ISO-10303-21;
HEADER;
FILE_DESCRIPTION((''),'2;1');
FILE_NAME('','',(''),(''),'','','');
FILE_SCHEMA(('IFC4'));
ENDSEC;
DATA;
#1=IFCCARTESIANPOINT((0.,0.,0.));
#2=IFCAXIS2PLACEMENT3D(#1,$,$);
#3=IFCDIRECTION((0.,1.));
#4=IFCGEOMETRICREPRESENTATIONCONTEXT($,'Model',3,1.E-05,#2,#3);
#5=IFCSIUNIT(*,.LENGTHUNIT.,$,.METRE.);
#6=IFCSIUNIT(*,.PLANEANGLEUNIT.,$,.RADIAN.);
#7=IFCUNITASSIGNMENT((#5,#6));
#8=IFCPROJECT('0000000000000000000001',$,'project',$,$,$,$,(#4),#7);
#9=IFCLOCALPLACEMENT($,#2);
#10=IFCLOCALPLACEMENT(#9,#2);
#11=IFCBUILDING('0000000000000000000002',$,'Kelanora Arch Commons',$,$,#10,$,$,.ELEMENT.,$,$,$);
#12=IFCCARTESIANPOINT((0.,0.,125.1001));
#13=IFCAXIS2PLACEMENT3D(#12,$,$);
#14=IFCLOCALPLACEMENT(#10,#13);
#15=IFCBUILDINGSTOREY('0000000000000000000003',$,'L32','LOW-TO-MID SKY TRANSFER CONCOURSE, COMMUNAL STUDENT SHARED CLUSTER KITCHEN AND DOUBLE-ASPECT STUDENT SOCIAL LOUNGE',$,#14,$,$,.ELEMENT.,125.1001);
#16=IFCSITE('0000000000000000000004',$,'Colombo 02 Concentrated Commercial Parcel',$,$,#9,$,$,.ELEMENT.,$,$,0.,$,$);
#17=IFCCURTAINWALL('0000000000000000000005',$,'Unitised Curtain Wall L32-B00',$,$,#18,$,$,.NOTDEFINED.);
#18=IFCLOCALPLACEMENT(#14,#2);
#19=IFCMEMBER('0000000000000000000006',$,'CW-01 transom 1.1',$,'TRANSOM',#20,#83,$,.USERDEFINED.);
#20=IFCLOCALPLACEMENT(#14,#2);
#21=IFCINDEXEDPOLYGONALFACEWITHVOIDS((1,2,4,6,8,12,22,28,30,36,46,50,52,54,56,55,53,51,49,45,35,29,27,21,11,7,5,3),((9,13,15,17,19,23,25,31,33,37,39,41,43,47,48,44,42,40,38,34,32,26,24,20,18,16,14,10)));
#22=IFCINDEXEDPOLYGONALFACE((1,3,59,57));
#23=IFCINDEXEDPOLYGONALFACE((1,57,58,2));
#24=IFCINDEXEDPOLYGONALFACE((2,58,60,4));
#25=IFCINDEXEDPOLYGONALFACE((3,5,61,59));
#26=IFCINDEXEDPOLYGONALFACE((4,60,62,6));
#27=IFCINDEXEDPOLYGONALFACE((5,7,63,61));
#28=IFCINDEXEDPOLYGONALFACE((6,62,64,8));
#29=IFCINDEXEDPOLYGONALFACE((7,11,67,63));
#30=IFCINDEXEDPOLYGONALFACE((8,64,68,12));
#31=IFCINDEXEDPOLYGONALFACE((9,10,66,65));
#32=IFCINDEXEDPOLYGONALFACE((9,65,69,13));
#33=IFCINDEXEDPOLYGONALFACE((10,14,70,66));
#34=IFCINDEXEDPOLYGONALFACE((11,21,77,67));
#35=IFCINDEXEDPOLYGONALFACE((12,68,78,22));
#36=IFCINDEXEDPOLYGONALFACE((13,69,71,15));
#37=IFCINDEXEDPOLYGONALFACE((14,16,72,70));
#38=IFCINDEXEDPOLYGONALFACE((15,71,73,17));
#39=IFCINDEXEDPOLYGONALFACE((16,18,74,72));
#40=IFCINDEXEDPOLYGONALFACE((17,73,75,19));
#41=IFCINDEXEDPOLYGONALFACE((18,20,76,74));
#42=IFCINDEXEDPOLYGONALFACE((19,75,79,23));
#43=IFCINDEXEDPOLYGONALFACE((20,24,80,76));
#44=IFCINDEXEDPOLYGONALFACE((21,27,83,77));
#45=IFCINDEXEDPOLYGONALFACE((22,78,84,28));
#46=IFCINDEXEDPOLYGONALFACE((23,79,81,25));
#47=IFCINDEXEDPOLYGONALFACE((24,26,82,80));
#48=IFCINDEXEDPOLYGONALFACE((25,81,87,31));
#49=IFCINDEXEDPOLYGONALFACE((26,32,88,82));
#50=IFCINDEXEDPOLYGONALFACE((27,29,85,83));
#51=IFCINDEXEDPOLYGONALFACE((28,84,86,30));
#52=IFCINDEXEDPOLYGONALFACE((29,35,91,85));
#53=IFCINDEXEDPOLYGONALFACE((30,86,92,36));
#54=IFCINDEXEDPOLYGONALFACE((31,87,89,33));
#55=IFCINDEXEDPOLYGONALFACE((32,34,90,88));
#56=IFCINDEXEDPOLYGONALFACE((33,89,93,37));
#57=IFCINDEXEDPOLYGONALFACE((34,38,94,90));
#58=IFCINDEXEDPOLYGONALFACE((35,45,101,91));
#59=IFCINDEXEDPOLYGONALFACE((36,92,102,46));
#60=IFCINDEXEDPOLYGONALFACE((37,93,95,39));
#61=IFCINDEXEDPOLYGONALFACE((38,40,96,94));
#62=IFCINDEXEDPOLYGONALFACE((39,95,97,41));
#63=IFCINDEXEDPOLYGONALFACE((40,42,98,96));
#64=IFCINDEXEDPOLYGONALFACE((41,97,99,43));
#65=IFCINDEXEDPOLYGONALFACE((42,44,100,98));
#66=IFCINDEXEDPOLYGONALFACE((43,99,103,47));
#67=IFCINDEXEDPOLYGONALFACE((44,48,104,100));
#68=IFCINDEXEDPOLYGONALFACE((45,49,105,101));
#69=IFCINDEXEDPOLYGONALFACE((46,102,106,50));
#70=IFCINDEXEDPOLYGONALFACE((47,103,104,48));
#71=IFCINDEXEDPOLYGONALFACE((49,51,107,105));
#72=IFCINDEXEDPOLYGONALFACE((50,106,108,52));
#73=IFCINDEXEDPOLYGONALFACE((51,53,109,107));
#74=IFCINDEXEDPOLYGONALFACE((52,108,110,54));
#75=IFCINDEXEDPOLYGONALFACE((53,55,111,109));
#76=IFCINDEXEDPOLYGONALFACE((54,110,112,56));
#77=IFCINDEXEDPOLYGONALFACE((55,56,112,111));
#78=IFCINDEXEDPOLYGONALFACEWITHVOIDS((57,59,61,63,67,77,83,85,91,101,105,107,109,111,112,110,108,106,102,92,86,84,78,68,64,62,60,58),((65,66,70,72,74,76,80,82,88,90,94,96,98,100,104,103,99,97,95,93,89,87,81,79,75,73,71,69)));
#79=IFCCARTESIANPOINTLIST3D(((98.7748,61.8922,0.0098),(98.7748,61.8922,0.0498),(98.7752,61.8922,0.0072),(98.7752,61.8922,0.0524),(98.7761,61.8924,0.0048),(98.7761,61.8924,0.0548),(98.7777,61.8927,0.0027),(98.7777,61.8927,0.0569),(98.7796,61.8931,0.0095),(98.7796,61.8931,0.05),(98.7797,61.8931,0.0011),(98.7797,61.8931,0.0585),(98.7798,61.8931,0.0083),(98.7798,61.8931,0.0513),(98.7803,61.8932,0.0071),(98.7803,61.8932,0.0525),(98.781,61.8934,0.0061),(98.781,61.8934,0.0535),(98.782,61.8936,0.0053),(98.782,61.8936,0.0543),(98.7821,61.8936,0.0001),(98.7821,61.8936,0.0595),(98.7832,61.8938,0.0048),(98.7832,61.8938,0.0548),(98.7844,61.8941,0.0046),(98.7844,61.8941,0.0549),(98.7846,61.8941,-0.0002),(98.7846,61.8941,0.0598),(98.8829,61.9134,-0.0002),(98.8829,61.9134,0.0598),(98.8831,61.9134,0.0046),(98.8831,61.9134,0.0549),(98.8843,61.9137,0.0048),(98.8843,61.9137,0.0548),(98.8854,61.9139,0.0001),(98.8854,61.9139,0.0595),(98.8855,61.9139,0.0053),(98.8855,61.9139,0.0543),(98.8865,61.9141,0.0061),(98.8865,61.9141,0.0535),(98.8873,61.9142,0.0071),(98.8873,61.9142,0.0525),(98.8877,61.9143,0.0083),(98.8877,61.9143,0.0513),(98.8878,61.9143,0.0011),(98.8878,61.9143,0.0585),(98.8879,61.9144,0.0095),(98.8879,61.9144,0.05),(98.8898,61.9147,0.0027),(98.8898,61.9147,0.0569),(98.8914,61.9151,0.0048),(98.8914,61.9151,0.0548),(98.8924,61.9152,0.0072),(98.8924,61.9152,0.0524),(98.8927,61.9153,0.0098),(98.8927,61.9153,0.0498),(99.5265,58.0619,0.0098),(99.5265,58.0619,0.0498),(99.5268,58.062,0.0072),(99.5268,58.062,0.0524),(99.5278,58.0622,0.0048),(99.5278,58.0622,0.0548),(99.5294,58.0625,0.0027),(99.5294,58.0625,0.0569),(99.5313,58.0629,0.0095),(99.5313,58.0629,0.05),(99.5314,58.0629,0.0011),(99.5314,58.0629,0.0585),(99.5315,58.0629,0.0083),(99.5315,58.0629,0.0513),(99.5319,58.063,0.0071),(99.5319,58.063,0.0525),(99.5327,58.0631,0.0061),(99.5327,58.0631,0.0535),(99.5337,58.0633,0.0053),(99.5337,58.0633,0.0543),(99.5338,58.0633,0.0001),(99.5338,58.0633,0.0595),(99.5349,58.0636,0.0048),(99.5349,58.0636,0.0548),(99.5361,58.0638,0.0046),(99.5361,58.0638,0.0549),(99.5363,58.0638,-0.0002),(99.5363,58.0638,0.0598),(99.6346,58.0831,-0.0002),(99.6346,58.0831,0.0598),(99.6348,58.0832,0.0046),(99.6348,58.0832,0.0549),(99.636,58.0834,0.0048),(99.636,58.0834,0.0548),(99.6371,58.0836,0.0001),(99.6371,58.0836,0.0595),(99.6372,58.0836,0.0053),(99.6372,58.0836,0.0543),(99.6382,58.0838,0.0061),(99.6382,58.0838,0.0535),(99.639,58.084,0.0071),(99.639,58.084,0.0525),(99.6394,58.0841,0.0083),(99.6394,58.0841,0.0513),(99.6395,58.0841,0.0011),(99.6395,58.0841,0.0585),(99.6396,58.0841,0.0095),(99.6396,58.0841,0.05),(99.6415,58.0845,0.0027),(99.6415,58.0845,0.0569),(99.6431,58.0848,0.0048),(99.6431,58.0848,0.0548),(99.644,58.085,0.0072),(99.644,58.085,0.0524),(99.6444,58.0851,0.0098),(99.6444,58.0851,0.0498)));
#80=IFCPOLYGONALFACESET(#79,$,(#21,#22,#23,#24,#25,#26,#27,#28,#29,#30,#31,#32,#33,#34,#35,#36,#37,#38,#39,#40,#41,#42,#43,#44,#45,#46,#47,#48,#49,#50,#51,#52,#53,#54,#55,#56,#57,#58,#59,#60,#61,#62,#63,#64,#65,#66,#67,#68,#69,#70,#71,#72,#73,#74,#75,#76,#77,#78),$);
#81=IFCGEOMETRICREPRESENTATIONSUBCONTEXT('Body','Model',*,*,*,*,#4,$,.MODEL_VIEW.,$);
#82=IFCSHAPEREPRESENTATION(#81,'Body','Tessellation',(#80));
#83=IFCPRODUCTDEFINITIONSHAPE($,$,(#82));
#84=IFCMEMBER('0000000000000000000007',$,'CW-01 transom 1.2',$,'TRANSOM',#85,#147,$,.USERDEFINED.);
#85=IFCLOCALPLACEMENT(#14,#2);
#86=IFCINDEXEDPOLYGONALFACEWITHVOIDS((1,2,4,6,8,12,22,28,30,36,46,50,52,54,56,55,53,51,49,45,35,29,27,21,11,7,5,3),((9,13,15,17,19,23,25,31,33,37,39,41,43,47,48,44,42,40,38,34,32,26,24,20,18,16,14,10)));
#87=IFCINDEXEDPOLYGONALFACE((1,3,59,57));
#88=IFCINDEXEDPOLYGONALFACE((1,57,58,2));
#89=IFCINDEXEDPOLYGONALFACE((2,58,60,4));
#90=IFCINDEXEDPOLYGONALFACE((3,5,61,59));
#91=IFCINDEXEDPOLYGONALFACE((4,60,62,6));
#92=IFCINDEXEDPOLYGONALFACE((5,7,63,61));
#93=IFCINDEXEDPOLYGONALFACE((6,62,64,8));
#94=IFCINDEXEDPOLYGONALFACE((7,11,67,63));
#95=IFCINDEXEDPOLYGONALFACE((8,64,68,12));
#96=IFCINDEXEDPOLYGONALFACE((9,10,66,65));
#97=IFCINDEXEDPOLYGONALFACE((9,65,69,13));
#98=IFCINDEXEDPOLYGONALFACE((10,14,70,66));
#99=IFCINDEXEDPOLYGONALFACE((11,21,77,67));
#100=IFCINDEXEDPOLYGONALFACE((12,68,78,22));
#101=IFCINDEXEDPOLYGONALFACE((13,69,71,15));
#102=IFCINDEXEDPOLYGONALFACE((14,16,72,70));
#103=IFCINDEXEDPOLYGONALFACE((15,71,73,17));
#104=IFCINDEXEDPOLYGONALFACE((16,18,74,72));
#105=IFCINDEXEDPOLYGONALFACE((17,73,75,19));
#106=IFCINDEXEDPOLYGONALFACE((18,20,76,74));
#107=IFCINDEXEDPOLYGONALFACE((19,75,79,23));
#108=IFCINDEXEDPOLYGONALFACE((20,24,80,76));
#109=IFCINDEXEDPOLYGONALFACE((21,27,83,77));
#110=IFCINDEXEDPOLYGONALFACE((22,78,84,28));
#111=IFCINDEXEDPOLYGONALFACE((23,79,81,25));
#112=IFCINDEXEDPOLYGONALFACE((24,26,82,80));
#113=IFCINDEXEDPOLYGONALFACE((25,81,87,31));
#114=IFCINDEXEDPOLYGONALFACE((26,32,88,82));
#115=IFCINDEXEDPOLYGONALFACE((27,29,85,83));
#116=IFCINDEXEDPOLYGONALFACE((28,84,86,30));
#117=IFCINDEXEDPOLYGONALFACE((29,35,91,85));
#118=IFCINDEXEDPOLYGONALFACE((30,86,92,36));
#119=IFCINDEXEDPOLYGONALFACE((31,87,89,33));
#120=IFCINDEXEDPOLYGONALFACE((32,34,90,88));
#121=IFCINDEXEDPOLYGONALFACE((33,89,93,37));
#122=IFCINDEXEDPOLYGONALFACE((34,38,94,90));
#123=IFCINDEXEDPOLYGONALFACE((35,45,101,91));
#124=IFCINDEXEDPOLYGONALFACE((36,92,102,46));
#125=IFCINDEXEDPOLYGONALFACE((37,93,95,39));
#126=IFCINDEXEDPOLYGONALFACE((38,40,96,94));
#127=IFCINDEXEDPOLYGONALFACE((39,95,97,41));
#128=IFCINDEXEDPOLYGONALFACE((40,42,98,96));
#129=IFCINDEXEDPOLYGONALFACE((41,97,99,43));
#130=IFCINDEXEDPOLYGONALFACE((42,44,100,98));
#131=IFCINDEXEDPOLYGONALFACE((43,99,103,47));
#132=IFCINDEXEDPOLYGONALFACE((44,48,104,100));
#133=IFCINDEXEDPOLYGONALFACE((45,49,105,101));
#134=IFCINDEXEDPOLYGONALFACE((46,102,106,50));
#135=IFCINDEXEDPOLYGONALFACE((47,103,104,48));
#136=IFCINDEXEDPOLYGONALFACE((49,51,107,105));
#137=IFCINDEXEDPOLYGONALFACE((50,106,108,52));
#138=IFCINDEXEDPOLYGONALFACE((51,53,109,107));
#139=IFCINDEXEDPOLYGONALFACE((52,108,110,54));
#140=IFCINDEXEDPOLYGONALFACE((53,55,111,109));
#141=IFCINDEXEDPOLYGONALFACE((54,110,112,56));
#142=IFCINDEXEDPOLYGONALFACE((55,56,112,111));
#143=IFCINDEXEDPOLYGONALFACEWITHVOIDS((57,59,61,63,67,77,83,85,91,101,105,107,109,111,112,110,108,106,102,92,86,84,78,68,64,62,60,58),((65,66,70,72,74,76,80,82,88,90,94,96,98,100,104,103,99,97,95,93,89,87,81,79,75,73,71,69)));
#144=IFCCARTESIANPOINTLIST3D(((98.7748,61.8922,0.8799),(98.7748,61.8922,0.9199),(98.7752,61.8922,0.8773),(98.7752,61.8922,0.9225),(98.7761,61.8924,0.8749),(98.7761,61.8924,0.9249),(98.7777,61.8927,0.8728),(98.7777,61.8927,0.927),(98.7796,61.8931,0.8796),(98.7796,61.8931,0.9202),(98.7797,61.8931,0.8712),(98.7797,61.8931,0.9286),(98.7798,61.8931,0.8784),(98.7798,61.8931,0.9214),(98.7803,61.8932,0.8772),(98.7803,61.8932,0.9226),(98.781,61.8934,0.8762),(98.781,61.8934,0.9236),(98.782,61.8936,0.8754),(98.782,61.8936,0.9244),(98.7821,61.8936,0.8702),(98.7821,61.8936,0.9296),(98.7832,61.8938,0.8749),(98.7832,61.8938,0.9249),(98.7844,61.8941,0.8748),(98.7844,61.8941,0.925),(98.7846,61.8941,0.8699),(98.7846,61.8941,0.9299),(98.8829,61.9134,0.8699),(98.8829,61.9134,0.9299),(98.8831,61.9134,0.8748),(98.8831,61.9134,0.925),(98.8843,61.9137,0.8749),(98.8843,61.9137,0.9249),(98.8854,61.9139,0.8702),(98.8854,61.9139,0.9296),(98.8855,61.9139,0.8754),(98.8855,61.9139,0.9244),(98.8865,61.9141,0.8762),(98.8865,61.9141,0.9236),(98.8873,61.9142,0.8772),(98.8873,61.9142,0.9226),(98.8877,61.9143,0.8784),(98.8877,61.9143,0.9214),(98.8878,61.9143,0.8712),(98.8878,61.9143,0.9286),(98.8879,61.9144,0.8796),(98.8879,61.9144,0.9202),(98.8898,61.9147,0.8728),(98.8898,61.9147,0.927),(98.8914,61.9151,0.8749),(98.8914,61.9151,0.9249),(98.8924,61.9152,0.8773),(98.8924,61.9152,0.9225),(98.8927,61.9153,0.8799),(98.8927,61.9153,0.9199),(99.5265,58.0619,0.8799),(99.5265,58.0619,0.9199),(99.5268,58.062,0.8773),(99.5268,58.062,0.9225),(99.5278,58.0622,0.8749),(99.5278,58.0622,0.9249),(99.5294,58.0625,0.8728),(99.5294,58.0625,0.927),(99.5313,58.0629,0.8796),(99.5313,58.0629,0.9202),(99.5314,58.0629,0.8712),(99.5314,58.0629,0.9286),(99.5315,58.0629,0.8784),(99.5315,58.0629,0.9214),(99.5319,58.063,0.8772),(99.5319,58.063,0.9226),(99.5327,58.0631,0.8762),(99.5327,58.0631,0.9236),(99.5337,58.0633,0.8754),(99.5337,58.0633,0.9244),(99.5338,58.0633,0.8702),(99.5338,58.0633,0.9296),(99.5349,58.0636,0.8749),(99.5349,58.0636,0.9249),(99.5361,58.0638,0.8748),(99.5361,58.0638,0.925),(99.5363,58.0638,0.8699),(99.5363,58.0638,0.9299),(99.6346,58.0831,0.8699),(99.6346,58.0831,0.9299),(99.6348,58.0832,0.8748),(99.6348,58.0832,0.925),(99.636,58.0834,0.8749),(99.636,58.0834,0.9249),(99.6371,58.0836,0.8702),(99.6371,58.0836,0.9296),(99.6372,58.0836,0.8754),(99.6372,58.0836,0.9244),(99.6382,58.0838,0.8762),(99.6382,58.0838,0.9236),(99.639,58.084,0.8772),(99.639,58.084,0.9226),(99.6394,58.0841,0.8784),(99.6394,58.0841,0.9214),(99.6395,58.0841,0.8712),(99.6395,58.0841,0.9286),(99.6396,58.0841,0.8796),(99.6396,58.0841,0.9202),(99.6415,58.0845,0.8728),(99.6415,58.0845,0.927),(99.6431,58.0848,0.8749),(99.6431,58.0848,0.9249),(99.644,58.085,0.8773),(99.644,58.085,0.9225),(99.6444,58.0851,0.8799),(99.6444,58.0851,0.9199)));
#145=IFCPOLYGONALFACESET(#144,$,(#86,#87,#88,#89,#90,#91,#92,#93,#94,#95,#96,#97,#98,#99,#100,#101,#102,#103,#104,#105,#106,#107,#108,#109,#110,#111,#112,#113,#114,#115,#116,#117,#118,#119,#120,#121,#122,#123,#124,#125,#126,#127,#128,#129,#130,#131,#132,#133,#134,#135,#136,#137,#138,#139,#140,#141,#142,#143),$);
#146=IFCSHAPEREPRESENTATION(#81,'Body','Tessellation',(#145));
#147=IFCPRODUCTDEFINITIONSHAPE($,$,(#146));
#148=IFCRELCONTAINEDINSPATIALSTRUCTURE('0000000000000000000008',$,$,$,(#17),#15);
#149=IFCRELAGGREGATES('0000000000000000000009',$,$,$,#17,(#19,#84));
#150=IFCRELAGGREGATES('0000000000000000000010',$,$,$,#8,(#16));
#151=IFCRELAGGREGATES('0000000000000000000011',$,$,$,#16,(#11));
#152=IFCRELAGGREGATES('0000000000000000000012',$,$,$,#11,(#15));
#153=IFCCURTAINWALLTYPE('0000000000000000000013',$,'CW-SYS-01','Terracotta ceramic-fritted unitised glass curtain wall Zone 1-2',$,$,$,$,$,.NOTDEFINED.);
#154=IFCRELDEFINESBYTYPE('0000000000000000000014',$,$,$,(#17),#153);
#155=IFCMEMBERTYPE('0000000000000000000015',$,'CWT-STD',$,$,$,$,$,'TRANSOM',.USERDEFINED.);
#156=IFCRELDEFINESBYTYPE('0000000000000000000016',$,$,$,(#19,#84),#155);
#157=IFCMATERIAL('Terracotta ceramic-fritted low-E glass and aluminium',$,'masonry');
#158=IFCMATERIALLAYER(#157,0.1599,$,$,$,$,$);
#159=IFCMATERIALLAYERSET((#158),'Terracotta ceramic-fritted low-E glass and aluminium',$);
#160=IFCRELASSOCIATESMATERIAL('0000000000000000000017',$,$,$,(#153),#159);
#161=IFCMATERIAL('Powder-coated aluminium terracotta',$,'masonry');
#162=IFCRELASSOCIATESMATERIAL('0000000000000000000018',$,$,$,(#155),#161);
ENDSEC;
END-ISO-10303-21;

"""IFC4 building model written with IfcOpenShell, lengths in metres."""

from ifc_helpers import new_model, si_unit, direction, frame, origin, origin_2d, place, context, subcontext, project, spatial, hollow_rectangle, extrude, material, layer, layer_set, material_profile, profile_set, type_object, element, aggregate, save


model = new_model("IFC4")

# Units and contexts
model_context = context("Model", 3, precision=1e-05, world=origin(), true_north=direction((0.0, 1.0)))
body_context = subcontext(model_context, "Body", "Model", "MODEL_VIEW")
ifc_project = project(units=[si_unit("LENGTHUNIT", "METRE"), si_unit("PLANEANGLEUNIT", "RADIAN")], contexts=[model_context])

# Site, building, storey
site_placement = place(None, origin())
site = spatial("IfcSite", under=ifc_project, at=site_placement, Name="Colombo 02 Concentrated Commercial Parcel", CompositionType="ELEMENT", RefElevation=0.0)
building_placement = place(site_placement, origin())
building = spatial("IfcBuilding", under=site, at=building_placement, Name="Kelanora Arch Commons", CompositionType="ELEMENT")
storey_placement = place(building_placement, frame((0.0, 0.0, 125.1001)))
storey = spatial("IfcBuildingStorey", under=building, at=storey_placement, Name="L32", Description="LOW-TO-MID SKY TRANSFER CONCOURSE, COMMUNAL STUDENT SHARED CLUSTER KITCHEN AND DOUBLE-ASPECT STUDENT SOCIAL LOUNGE", CompositionType="ELEMENT", Elevation=125.1001)

# Curtain wall, members
ifc_material_1 = material(Name="Terracotta ceramic-fritted low-E glass and aluminium", Category="masonry")
ifc_layer_1 = layer(ifc_material_1, 0.1599)
ifc_layer_set_1 = layer_set([ifc_layer_1], Name="Terracotta ceramic-fritted low-E glass and aluminium")
curtain_wall_type = type_object("IfcCurtainWallType", Name="CW-SYS-01", Description="Terracotta ceramic-fritted unitised glass curtain wall Zone 1-2", PredefinedType="NOTDEFINED", material=ifc_layer_set_1)
curtain_wall_placement = place(storey_placement, origin())
curtain_wall = element("IfcCurtainWall", 1, at=curtain_wall_placement, inside=storey, type_object=curtain_wall_type, Name="Unitised Curtain Wall L32-B00", PredefinedType="NOTDEFINED")
ifc_material_2 = material(Name="Powder-coated aluminium terracotta", Category="masonry")
ifc_material_profile_1 = material_profile(ifc_material_2, hollow_rectangle(XDim=0.1201, YDim=0.0601, WallThickness=0.0049, InnerFilletRadius=0.0049, OuterFilletRadius=0.01, at=origin_2d()), Name="CWT120x60")
ifc_profile_set_1 = profile_set([ifc_material_profile_1], Name="Powder-coated aluminium terracotta")
member_type_1 = type_object("IfcMemberType", Name="CWT-STD", ElementType="TRANSOM", PredefinedType="USERDEFINED", material=ifc_profile_set_1)
member_1_placement = place(storey_placement, frame((99.5854, 58.0735, 0.0298), z_axis=(-0.192579, 0.981282, 0.0), x_axis=(-0.981282, -0.192579, 0.0)))
member_1 = element("IfcMember", 2, at=member_1_placement, type_object=member_type_1, Name="CW-01 transom 1.1", ObjectType="TRANSOM", PredefinedType="USERDEFINED", context=body_context, shape_type="SweptSolid", body=[
    extrude(hollow_rectangle(XDim=0.1201, YDim=0.0601, WallThickness=0.0049, InnerFilletRadius=0.0049, OuterFilletRadius=0.01, at=origin_2d()), origin(), (0.0, 0.0, 1.0), 3.9033),
])
member_2_placement = place(storey_placement, frame((99.5854, 58.0735, 0.8999), z_axis=(-0.192579, 0.981282, 0.0), x_axis=(-0.981282, -0.192579, 0.0)))
member_2 = element("IfcMember", 3, at=member_2_placement, type_object=member_type_1, Name="CW-01 transom 1.2", ObjectType="TRANSOM", PredefinedType="USERDEFINED", context=body_context, shape_type="SweptSolid", body=[
    extrude(hollow_rectangle(XDim=0.1201, YDim=0.0601, WallThickness=0.0049, InnerFilletRadius=0.0049, OuterFilletRadius=0.01, at=origin_2d()), origin(), (0.0, 0.0, 1.0), 3.9033),
])
aggregate(curtain_wall, [member_1, member_2])

save(model, "model.ifc")
